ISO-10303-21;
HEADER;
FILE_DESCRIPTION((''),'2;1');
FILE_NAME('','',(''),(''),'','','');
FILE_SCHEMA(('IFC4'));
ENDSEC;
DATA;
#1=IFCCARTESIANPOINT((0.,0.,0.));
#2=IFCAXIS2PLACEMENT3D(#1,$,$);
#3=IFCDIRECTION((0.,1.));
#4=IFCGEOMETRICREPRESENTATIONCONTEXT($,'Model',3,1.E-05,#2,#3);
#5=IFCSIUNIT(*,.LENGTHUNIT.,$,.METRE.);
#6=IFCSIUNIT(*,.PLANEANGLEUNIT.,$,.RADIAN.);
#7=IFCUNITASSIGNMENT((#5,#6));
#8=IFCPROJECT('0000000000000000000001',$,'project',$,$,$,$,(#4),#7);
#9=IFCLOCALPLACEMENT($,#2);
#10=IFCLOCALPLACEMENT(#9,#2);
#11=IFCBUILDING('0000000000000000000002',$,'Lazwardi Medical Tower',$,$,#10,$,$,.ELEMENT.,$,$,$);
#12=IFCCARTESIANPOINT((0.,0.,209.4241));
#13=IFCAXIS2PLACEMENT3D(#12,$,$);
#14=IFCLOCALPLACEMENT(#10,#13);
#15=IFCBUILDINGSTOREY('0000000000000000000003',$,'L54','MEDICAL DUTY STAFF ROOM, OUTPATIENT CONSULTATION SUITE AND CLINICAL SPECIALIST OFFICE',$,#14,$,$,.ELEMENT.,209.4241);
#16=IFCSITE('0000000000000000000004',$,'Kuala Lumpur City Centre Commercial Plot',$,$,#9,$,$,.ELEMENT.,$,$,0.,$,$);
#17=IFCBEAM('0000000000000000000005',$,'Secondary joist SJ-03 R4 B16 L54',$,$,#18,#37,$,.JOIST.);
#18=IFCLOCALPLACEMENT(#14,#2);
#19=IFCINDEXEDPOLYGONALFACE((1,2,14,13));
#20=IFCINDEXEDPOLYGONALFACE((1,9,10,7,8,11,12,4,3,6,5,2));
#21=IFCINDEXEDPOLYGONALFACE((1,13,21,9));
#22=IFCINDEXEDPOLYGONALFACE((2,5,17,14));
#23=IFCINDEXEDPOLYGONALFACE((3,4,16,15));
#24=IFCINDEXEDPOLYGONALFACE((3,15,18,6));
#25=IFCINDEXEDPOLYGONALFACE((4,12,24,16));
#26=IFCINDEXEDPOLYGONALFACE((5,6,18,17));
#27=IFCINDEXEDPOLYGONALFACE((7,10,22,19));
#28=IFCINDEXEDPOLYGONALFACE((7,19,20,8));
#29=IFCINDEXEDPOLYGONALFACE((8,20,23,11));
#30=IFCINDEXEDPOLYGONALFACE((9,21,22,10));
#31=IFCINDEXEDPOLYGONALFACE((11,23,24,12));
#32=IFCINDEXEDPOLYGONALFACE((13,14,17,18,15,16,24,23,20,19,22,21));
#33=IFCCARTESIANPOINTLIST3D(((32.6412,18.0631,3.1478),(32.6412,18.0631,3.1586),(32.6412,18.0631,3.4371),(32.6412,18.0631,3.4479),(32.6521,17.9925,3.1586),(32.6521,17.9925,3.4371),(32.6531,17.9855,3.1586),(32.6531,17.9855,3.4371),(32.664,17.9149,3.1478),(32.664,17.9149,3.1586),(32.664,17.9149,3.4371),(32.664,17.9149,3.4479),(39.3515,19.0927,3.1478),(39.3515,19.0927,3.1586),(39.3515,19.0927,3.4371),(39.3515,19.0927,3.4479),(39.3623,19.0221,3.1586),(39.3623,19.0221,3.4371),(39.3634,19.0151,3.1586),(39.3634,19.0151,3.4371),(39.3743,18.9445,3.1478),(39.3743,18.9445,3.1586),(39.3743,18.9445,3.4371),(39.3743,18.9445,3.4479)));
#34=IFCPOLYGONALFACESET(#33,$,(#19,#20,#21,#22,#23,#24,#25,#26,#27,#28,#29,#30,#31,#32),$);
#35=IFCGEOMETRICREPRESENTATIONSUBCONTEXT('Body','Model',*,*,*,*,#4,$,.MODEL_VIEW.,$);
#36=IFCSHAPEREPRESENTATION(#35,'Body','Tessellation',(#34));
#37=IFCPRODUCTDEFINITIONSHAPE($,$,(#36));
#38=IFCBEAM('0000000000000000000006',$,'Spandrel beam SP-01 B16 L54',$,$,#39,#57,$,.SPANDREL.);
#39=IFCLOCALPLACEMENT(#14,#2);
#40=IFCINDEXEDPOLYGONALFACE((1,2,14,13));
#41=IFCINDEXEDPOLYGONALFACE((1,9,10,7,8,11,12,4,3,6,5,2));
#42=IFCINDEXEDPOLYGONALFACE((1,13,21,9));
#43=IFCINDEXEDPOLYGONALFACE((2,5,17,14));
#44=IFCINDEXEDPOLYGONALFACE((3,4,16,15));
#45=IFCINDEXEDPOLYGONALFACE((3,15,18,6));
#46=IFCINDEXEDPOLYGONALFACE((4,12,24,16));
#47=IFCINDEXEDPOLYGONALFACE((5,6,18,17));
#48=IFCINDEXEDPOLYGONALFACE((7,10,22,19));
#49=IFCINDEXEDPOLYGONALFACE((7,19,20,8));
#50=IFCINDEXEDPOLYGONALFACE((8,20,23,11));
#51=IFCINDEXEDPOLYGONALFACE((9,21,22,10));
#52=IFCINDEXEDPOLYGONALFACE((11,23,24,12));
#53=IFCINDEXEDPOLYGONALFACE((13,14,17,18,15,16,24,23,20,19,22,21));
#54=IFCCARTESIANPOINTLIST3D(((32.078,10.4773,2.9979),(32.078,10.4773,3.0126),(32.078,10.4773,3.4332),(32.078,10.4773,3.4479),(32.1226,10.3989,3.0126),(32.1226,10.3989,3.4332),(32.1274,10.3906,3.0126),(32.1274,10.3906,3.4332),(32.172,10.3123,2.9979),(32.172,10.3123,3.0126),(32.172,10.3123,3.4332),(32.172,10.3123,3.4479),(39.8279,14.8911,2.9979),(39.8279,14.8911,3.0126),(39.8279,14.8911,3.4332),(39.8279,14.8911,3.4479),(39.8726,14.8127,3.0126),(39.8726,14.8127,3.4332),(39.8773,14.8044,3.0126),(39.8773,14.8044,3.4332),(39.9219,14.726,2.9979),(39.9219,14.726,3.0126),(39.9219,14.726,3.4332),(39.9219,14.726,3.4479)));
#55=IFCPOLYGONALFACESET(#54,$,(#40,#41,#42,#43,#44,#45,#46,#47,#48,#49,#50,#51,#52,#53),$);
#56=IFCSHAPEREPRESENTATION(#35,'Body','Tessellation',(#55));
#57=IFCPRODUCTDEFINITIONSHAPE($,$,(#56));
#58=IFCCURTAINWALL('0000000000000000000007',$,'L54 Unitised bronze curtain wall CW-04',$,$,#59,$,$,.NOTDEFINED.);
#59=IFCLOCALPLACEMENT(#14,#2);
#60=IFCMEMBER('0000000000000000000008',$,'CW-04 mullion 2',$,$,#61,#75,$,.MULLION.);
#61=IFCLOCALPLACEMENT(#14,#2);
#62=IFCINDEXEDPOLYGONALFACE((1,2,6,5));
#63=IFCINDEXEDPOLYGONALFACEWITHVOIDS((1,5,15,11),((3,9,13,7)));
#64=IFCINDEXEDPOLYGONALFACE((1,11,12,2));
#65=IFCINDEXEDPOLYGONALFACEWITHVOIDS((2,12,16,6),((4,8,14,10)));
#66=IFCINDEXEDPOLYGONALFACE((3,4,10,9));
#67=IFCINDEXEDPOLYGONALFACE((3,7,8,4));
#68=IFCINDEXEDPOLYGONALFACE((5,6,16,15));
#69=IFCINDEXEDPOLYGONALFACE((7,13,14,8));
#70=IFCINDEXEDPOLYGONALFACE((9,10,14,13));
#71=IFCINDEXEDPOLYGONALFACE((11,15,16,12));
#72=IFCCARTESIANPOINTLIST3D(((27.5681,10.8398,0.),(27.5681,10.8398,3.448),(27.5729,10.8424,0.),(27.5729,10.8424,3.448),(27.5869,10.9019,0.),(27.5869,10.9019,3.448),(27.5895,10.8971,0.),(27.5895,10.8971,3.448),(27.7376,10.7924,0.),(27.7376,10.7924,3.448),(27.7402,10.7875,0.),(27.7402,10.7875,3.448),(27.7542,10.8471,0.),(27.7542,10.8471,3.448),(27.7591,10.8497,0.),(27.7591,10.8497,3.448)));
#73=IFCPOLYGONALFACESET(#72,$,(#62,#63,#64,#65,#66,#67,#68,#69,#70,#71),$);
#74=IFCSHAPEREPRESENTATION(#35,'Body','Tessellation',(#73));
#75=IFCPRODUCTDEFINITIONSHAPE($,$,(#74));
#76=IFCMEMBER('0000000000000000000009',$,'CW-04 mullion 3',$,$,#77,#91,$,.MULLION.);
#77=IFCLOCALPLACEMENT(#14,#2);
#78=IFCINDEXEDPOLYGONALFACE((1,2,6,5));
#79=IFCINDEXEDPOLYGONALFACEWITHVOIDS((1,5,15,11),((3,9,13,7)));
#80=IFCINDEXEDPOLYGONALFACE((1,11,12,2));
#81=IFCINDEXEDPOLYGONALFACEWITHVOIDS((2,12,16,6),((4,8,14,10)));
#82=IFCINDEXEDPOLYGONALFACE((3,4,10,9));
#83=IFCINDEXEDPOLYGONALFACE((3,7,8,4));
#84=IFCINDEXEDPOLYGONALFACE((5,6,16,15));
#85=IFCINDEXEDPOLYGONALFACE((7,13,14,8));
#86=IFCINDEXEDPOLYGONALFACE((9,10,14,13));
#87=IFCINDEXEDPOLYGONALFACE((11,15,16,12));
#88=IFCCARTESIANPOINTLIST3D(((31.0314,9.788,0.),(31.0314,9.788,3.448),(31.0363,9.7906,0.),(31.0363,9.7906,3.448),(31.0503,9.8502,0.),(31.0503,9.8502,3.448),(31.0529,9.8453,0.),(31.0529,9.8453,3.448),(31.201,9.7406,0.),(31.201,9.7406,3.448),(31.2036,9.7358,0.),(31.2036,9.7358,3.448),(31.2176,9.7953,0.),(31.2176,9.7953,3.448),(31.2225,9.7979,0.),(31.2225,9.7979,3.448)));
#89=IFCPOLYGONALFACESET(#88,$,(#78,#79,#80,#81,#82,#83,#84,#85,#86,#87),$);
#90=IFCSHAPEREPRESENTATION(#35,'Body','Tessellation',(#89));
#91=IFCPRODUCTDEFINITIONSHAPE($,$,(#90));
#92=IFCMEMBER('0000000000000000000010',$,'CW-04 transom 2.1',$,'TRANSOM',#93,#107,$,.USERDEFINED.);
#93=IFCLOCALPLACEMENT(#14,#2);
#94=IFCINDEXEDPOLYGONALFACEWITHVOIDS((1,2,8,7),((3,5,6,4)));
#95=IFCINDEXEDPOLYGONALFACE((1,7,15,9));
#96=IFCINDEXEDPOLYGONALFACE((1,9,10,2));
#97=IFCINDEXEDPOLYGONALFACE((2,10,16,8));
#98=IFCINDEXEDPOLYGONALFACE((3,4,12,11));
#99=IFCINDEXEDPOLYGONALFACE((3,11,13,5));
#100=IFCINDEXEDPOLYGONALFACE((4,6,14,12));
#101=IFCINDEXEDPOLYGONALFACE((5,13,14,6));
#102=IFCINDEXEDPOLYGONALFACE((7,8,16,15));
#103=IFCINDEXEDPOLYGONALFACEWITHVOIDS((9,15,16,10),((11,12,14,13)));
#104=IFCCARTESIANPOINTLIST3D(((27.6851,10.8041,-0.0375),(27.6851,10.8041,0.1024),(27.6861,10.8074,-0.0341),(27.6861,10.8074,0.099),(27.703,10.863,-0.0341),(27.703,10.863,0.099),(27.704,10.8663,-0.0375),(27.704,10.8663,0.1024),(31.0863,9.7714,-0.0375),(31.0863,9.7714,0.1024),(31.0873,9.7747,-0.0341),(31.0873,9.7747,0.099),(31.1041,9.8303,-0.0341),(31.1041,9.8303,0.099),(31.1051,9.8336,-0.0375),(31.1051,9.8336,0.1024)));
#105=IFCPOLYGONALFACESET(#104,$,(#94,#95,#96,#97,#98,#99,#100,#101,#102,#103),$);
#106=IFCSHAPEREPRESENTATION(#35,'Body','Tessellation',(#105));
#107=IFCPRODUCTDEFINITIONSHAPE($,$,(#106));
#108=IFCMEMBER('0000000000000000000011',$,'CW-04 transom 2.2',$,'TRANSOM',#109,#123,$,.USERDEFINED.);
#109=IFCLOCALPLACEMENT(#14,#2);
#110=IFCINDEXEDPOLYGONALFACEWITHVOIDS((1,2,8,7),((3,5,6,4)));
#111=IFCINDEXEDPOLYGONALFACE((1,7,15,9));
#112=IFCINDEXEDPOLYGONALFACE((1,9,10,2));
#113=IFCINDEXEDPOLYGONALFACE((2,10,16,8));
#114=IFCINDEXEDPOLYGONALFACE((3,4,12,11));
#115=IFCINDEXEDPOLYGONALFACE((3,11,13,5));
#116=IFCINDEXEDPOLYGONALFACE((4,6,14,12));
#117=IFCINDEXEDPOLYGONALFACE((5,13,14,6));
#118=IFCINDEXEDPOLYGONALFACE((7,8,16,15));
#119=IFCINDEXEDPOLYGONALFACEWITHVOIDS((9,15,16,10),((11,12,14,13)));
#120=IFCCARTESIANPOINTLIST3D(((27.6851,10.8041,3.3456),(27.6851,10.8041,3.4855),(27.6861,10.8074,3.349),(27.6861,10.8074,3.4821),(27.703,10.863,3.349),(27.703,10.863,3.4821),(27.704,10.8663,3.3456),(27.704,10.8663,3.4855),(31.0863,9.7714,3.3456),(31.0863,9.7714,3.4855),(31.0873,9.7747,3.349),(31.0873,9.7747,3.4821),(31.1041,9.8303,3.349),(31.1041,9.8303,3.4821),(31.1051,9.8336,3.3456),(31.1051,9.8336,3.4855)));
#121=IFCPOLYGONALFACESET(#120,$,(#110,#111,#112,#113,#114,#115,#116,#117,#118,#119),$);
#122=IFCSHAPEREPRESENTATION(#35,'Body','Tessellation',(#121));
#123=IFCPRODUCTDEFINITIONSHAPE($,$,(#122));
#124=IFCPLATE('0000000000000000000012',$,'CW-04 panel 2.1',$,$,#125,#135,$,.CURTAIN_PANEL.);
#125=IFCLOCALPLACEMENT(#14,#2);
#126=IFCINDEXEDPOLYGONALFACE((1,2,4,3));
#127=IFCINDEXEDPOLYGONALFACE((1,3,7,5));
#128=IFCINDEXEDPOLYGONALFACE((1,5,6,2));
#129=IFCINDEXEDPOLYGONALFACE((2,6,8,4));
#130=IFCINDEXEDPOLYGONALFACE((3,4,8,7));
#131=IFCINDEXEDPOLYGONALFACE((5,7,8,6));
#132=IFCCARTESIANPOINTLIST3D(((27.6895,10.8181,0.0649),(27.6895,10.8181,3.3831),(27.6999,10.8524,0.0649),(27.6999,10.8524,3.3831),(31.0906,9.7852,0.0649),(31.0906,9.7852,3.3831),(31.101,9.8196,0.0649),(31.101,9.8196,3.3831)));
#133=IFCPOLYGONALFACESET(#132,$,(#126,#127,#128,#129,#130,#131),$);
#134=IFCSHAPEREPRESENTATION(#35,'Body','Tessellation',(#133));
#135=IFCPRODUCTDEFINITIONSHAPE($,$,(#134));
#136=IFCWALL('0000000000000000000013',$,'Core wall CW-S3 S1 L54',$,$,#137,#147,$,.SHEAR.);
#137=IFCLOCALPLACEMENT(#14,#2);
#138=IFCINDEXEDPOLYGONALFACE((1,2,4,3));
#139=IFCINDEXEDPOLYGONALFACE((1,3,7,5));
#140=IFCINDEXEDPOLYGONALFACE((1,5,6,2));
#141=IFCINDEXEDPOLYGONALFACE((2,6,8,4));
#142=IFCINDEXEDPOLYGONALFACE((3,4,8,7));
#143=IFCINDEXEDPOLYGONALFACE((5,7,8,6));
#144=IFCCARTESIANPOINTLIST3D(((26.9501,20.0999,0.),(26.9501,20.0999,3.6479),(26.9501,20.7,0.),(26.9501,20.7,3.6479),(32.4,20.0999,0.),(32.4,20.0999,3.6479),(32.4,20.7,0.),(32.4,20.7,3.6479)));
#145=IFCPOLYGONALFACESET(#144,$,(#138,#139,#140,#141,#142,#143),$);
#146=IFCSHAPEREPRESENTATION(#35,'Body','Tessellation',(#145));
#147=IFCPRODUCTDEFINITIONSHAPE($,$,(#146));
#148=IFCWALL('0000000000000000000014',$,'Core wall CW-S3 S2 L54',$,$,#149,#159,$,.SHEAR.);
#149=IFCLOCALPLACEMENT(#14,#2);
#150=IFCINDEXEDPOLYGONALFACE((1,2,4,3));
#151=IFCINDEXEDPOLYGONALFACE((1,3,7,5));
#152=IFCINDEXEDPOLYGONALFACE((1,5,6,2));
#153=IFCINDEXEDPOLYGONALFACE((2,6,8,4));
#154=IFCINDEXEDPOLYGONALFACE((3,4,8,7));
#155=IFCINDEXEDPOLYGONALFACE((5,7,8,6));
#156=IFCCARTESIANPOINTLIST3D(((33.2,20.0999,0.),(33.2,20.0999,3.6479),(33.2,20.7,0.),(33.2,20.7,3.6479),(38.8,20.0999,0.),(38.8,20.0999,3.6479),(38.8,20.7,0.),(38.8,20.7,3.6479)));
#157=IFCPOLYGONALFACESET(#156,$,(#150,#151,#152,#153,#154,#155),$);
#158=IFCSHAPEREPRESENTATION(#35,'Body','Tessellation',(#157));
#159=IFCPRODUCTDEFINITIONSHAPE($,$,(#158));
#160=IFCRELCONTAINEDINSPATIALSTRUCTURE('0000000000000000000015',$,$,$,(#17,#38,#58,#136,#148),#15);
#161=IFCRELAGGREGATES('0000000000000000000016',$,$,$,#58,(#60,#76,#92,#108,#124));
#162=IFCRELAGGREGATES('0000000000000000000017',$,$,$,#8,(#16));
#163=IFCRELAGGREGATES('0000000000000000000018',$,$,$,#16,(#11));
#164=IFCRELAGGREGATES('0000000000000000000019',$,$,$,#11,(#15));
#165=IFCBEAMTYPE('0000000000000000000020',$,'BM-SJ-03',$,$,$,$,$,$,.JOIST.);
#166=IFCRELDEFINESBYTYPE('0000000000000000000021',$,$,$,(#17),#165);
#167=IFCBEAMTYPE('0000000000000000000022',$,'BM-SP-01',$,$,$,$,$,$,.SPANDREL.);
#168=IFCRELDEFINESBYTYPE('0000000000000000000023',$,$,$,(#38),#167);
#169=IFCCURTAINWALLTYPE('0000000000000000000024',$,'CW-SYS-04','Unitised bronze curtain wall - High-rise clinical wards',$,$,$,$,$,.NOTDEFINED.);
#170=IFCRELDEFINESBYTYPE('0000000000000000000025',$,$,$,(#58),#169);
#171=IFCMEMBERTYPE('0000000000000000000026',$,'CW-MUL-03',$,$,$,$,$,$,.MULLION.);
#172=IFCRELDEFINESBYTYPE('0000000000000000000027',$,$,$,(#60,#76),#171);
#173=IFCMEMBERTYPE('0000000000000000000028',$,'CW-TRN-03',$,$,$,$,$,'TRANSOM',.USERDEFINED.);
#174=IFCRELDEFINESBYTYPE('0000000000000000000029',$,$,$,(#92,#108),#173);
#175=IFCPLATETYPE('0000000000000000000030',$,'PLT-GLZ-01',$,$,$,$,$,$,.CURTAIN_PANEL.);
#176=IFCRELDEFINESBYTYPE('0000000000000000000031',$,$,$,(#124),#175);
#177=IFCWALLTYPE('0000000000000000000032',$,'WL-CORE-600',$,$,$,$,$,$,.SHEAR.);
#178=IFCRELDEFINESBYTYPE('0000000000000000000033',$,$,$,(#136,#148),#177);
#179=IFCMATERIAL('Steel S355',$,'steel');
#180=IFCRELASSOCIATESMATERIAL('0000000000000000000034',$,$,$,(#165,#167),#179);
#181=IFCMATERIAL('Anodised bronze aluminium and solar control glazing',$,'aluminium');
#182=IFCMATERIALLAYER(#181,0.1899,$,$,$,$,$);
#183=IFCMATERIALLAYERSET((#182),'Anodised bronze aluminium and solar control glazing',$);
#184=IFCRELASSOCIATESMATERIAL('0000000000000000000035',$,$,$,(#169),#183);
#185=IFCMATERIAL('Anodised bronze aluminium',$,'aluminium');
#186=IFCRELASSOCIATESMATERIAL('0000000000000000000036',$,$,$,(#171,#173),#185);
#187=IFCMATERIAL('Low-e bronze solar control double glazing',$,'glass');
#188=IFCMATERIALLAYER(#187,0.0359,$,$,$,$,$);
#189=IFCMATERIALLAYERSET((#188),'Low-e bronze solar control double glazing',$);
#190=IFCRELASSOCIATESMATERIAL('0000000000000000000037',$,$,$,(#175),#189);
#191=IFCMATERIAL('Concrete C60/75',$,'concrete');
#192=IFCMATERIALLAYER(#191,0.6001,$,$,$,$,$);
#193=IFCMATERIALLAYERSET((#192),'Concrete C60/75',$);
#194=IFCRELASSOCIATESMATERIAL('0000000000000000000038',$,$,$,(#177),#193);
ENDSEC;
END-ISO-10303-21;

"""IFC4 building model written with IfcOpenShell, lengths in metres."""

from ifc_helpers import new_model, si_unit, direction, frame, frame_2d, origin, origin_2d, place, context, subcontext, project, spatial, rectangle, hollow_rectangle, i_section, extrude, material, layer, layer_set, material_profile, profile_set, type_object, element, aggregate, save


model = new_model("IFC4")

# Units and contexts
model_context = context("Model", 3, precision=1e-05, world=origin(), true_north=direction((0.0, 1.0)))
body_context = subcontext(model_context, "Body", "Model", "MODEL_VIEW")
ifc_project = project(units=[si_unit("LENGTHUNIT", "METRE"), si_unit("PLANEANGLEUNIT", "RADIAN")], contexts=[model_context])

# Site, building, storey
site_placement = place(None, origin())
site = spatial("IfcSite", under=ifc_project, at=site_placement, Name="Kuala Lumpur City Centre Commercial Plot", CompositionType="ELEMENT", RefElevation=0.0)
building_placement = place(site_placement, origin())
building = spatial("IfcBuilding", under=site, at=building_placement, Name="Lazwardi Medical Tower", CompositionType="ELEMENT")
storey_placement = place(building_placement, frame((0.0, 0.0, 209.4241)))
storey = spatial("IfcBuildingStorey", under=building, at=storey_placement, Name="L54", Description="MEDICAL DUTY STAFF ROOM, OUTPATIENT CONSULTATION SUITE AND CLINICAL SPECIALIST OFFICE", CompositionType="ELEMENT", Elevation=209.4241)

# Shared definitions
ifc_material_1 = material(Name="Concrete C60/75", Category="concrete")

# Beams
ifc_material_2 = material(Name="Steel S355", Category="steel")
ifc_material_profile_1 = material_profile(ifc_material_2, i_section(OverallWidth=0.1499, OverallDepth=0.3, WebThickness=0.0071, FlangeThickness=0.0107, at=origin_2d()), Name="IPE 300")
ifc_profile_set_1 = profile_set([ifc_material_profile_1], Name="Steel S355")
beam_type_1 = type_object("IfcBeamType", Name="BM-SJ-03", PredefinedType="JOIST", material=ifc_profile_set_1)
beam_1_placement = place(storey_placement, frame((32.6526, 17.989, 3.2979), z_axis=(0.988434, 0.151655, 0.0), x_axis=(-0.151655, 0.988434, 0.0)))
element("IfcBeam", 1, at=beam_1_placement, inside=storey, type_object=beam_type_1, Name="Secondary joist SJ-03 R4 B16 L54", PredefinedType="JOIST", context=body_context, shape_type="SweptSolid", body=[
    extrude(i_section(OverallWidth=0.1499, OverallDepth=0.3, WebThickness=0.0071, FlangeThickness=0.0107, at=origin_2d()), origin(), (0.0, 0.0, 1.0), 6.7888),
])
ifc_material_profile_2 = material_profile(ifc_material_2, i_section(OverallWidth=0.1899, OverallDepth=0.45, WebThickness=0.0095, FlangeThickness=0.0146, at=origin_2d()), Name="IPE 450")
ifc_profile_set_2 = profile_set([ifc_material_profile_2], Name="Steel S355")
beam_type_2 = type_object("IfcBeamType", Name="BM-SP-01", PredefinedType="SPANDREL", material=ifc_profile_set_2)
beam_2_placement = place(storey_placement, frame((32.125, 10.3948, 3.2229), z_axis=(0.868955, 0.494891, 0.0), x_axis=(-0.494891, 0.868955, 0.0)))
element("IfcBeam", 2, at=beam_2_placement, inside=storey, type_object=beam_type_2, Name="Spandrel beam SP-01 B16 L54", PredefinedType="SPANDREL", context=body_context, shape_type="SweptSolid", body=[
    extrude(i_section(OverallWidth=0.1899, OverallDepth=0.45, WebThickness=0.0095, FlangeThickness=0.0146, at=origin_2d()), origin(), (0.0, 0.0, 1.0), 8.9187),
])

# Curtain wall, members, plate
ifc_material_3 = material(Name="Anodised bronze aluminium and solar control glazing", Category="aluminium")
ifc_layer_1 = layer(ifc_material_3, 0.1899)
ifc_layer_set_1 = layer_set([ifc_layer_1], Name="Anodised bronze aluminium and solar control glazing")
curtain_wall_type = type_object("IfcCurtainWallType", Name="CW-SYS-04", Description="Unitised bronze curtain wall - High-rise clinical wards", PredefinedType="NOTDEFINED", material=ifc_layer_set_1)
curtain_wall_placement = place(storey_placement, origin())
curtain_wall = element("IfcCurtainWall", 3, at=curtain_wall_placement, inside=storey, type_object=curtain_wall_type, Name="L54 Unitised bronze curtain wall CW-04", PredefinedType="NOTDEFINED")
ifc_material_4 = material(Name="Anodised bronze aluminium", Category="aluminium")
ifc_material_profile_3 = material_profile(ifc_material_4, hollow_rectangle(XDim=0.0649, YDim=0.1799, WallThickness=0.0039, at=origin_2d()), Name="ALU-MULLION 180x65x4")
ifc_profile_set_3 = profile_set([ifc_material_profile_3], Name="Anodised bronze aluminium")
member_type_1 = type_object("IfcMemberType", Name="CW-MUL-03", PredefinedType="MULLION", material=ifc_profile_set_3)
member_1_placement = place(storey_placement, frame((27.6636, 10.8447, 0.0), z_axis=(0.0, 0.0, 1.0), x_axis=(0.290582, 0.95685, 0.0)))
member_1 = element("IfcMember", 4, at=member_1_placement, type_object=member_type_1, Name="CW-04 mullion 2", PredefinedType="MULLION", context=body_context, shape_type="SweptSolid", body=[
    extrude(hollow_rectangle(XDim=0.0649, YDim=0.1799, WallThickness=0.0039, at=origin_2d()), origin(), (0.0, 0.0, 1.0), 3.448),
])
member_2_placement = place(storey_placement, frame((31.127, 9.793, 0.0), z_axis=(0.0, 0.0, 1.0), x_axis=(0.290582, 0.95685, 0.0)))
member_2 = element("IfcMember", 5, at=member_2_placement, type_object=member_type_1, Name="CW-04 mullion 3", PredefinedType="MULLION", context=body_context, shape_type="SweptSolid", body=[
    extrude(hollow_rectangle(XDim=0.0649, YDim=0.1799, WallThickness=0.0039, at=origin_2d()), origin(), (0.0, 0.0, 1.0), 3.448),
])
ifc_material_profile_4 = material_profile(ifc_material_4, hollow_rectangle(XDim=0.0649, YDim=0.1399, WallThickness=0.0034, at=origin_2d()), Name="ALU-TRANSOM 140x65x3.5")
ifc_profile_set_4 = profile_set([ifc_material_profile_4], Name="Anodised bronze aluminium")
member_type_2 = type_object("IfcMemberType", Name="CW-TRN-03", ElementType="TRANSOM", PredefinedType="USERDEFINED", material=ifc_profile_set_4)
member_3_placement = place(storey_placement, frame((27.6946, 10.8352, 0.0325), z_axis=(0.956863, -0.290541, 0.0), x_axis=(0.290541, 0.956863, 0.0)))
member_3 = element("IfcMember", 6, at=member_3_placement, type_object=member_type_2, Name="CW-04 transom 2.1", ObjectType="TRANSOM", PredefinedType="USERDEFINED", context=body_context, shape_type="SweptSolid", body=[
    extrude(hollow_rectangle(XDim=0.0649, YDim=0.1399, WallThickness=0.0034, at=origin_2d()), origin(), (0.0, 0.0, 1.0), 3.5544),
])
member_4_placement = place(storey_placement, frame((27.6946, 10.8352, 3.4155), z_axis=(0.956863, -0.290541, 0.0), x_axis=(0.290541, 0.956863, 0.0)))
member_4 = element("IfcMember", 7, at=member_4_placement, type_object=member_type_2, Name="CW-04 transom 2.2", ObjectType="TRANSOM", PredefinedType="USERDEFINED", context=body_context, shape_type="SweptSolid", body=[
    extrude(hollow_rectangle(XDim=0.0649, YDim=0.1399, WallThickness=0.0034, at=origin_2d()), origin(), (0.0, 0.0, 1.0), 3.5544),
])
ifc_material_5 = material(Name="Low-e bronze solar control double glazing", Category="glass")
ifc_layer_2 = layer(ifc_material_5, 0.0359)
ifc_layer_set_2 = layer_set([ifc_layer_2], Name="Low-e bronze solar control double glazing")
plate_type = type_object("IfcPlateType", Name="PLT-GLZ-01", PredefinedType="CURTAIN_PANEL", material=ifc_layer_set_2)
plate_placement = place(storey_placement, frame((29.3953, 10.3188, 0.0649), z_axis=(0.0, 0.0, 1.0), x_axis=(0.95685, -0.290582, 0.0)))
plate = element("IfcPlate", 8, at=plate_placement, type_object=plate_type, Name="CW-04 panel 2.1", PredefinedType="CURTAIN_PANEL", context=body_context, shape_type="SweptSolid", body=[
    extrude(rectangle(XDim=3.5544, YDim=0.0359, at=origin_2d()), origin(), (0.0, 0.0, 1.0), 3.3181),
])
aggregate(curtain_wall, [member_1, member_2, member_3, member_4, plate])

# Walls
ifc_layer_3 = layer(ifc_material_1, 0.6001)
ifc_layer_set_3 = layer_set([ifc_layer_3], Name="Concrete C60/75")
wall_type_1 = type_object("IfcWallType", Name="WL-CORE-600", PredefinedType="SHEAR", material=ifc_layer_set_3)
wall_1_placement = place(storey_placement, frame((26.95, 20.3999, 0.0), z_axis=(0.0, 0.0, 1.0), x_axis=(1.0, 0.0, 0.0)))
element("IfcWall", 9, at=wall_1_placement, inside=storey, type_object=wall_type_1, Name="Core wall CW-S3 S1 L54", PredefinedType="SHEAR", context=body_context, shape_type="SweptSolid", body=[
    extrude(rectangle(XDim=5.45, YDim=0.6001, at=frame_2d((2.7251, 0.0))), origin(), (0.0, 0.0, 1.0), 3.6479),
])
wall_2_placement = place(storey_placement, frame((33.2, 20.3999, 0.0), z_axis=(0.0, 0.0, 1.0), x_axis=(1.0, 0.0, 0.0)))
element("IfcWall", 10, at=wall_2_placement, inside=storey, type_object=wall_type_1, Name="Core wall CW-S3 S2 L54", PredefinedType="SHEAR", context=body_context, shape_type="SweptSolid", body=[
    extrude(rectangle(XDim=5.6001, YDim=0.6001, at=frame_2d((2.8, 0.0))), origin(), (0.0, 0.0, 1.0), 3.6479),
])

save(model, "model.ifc")
